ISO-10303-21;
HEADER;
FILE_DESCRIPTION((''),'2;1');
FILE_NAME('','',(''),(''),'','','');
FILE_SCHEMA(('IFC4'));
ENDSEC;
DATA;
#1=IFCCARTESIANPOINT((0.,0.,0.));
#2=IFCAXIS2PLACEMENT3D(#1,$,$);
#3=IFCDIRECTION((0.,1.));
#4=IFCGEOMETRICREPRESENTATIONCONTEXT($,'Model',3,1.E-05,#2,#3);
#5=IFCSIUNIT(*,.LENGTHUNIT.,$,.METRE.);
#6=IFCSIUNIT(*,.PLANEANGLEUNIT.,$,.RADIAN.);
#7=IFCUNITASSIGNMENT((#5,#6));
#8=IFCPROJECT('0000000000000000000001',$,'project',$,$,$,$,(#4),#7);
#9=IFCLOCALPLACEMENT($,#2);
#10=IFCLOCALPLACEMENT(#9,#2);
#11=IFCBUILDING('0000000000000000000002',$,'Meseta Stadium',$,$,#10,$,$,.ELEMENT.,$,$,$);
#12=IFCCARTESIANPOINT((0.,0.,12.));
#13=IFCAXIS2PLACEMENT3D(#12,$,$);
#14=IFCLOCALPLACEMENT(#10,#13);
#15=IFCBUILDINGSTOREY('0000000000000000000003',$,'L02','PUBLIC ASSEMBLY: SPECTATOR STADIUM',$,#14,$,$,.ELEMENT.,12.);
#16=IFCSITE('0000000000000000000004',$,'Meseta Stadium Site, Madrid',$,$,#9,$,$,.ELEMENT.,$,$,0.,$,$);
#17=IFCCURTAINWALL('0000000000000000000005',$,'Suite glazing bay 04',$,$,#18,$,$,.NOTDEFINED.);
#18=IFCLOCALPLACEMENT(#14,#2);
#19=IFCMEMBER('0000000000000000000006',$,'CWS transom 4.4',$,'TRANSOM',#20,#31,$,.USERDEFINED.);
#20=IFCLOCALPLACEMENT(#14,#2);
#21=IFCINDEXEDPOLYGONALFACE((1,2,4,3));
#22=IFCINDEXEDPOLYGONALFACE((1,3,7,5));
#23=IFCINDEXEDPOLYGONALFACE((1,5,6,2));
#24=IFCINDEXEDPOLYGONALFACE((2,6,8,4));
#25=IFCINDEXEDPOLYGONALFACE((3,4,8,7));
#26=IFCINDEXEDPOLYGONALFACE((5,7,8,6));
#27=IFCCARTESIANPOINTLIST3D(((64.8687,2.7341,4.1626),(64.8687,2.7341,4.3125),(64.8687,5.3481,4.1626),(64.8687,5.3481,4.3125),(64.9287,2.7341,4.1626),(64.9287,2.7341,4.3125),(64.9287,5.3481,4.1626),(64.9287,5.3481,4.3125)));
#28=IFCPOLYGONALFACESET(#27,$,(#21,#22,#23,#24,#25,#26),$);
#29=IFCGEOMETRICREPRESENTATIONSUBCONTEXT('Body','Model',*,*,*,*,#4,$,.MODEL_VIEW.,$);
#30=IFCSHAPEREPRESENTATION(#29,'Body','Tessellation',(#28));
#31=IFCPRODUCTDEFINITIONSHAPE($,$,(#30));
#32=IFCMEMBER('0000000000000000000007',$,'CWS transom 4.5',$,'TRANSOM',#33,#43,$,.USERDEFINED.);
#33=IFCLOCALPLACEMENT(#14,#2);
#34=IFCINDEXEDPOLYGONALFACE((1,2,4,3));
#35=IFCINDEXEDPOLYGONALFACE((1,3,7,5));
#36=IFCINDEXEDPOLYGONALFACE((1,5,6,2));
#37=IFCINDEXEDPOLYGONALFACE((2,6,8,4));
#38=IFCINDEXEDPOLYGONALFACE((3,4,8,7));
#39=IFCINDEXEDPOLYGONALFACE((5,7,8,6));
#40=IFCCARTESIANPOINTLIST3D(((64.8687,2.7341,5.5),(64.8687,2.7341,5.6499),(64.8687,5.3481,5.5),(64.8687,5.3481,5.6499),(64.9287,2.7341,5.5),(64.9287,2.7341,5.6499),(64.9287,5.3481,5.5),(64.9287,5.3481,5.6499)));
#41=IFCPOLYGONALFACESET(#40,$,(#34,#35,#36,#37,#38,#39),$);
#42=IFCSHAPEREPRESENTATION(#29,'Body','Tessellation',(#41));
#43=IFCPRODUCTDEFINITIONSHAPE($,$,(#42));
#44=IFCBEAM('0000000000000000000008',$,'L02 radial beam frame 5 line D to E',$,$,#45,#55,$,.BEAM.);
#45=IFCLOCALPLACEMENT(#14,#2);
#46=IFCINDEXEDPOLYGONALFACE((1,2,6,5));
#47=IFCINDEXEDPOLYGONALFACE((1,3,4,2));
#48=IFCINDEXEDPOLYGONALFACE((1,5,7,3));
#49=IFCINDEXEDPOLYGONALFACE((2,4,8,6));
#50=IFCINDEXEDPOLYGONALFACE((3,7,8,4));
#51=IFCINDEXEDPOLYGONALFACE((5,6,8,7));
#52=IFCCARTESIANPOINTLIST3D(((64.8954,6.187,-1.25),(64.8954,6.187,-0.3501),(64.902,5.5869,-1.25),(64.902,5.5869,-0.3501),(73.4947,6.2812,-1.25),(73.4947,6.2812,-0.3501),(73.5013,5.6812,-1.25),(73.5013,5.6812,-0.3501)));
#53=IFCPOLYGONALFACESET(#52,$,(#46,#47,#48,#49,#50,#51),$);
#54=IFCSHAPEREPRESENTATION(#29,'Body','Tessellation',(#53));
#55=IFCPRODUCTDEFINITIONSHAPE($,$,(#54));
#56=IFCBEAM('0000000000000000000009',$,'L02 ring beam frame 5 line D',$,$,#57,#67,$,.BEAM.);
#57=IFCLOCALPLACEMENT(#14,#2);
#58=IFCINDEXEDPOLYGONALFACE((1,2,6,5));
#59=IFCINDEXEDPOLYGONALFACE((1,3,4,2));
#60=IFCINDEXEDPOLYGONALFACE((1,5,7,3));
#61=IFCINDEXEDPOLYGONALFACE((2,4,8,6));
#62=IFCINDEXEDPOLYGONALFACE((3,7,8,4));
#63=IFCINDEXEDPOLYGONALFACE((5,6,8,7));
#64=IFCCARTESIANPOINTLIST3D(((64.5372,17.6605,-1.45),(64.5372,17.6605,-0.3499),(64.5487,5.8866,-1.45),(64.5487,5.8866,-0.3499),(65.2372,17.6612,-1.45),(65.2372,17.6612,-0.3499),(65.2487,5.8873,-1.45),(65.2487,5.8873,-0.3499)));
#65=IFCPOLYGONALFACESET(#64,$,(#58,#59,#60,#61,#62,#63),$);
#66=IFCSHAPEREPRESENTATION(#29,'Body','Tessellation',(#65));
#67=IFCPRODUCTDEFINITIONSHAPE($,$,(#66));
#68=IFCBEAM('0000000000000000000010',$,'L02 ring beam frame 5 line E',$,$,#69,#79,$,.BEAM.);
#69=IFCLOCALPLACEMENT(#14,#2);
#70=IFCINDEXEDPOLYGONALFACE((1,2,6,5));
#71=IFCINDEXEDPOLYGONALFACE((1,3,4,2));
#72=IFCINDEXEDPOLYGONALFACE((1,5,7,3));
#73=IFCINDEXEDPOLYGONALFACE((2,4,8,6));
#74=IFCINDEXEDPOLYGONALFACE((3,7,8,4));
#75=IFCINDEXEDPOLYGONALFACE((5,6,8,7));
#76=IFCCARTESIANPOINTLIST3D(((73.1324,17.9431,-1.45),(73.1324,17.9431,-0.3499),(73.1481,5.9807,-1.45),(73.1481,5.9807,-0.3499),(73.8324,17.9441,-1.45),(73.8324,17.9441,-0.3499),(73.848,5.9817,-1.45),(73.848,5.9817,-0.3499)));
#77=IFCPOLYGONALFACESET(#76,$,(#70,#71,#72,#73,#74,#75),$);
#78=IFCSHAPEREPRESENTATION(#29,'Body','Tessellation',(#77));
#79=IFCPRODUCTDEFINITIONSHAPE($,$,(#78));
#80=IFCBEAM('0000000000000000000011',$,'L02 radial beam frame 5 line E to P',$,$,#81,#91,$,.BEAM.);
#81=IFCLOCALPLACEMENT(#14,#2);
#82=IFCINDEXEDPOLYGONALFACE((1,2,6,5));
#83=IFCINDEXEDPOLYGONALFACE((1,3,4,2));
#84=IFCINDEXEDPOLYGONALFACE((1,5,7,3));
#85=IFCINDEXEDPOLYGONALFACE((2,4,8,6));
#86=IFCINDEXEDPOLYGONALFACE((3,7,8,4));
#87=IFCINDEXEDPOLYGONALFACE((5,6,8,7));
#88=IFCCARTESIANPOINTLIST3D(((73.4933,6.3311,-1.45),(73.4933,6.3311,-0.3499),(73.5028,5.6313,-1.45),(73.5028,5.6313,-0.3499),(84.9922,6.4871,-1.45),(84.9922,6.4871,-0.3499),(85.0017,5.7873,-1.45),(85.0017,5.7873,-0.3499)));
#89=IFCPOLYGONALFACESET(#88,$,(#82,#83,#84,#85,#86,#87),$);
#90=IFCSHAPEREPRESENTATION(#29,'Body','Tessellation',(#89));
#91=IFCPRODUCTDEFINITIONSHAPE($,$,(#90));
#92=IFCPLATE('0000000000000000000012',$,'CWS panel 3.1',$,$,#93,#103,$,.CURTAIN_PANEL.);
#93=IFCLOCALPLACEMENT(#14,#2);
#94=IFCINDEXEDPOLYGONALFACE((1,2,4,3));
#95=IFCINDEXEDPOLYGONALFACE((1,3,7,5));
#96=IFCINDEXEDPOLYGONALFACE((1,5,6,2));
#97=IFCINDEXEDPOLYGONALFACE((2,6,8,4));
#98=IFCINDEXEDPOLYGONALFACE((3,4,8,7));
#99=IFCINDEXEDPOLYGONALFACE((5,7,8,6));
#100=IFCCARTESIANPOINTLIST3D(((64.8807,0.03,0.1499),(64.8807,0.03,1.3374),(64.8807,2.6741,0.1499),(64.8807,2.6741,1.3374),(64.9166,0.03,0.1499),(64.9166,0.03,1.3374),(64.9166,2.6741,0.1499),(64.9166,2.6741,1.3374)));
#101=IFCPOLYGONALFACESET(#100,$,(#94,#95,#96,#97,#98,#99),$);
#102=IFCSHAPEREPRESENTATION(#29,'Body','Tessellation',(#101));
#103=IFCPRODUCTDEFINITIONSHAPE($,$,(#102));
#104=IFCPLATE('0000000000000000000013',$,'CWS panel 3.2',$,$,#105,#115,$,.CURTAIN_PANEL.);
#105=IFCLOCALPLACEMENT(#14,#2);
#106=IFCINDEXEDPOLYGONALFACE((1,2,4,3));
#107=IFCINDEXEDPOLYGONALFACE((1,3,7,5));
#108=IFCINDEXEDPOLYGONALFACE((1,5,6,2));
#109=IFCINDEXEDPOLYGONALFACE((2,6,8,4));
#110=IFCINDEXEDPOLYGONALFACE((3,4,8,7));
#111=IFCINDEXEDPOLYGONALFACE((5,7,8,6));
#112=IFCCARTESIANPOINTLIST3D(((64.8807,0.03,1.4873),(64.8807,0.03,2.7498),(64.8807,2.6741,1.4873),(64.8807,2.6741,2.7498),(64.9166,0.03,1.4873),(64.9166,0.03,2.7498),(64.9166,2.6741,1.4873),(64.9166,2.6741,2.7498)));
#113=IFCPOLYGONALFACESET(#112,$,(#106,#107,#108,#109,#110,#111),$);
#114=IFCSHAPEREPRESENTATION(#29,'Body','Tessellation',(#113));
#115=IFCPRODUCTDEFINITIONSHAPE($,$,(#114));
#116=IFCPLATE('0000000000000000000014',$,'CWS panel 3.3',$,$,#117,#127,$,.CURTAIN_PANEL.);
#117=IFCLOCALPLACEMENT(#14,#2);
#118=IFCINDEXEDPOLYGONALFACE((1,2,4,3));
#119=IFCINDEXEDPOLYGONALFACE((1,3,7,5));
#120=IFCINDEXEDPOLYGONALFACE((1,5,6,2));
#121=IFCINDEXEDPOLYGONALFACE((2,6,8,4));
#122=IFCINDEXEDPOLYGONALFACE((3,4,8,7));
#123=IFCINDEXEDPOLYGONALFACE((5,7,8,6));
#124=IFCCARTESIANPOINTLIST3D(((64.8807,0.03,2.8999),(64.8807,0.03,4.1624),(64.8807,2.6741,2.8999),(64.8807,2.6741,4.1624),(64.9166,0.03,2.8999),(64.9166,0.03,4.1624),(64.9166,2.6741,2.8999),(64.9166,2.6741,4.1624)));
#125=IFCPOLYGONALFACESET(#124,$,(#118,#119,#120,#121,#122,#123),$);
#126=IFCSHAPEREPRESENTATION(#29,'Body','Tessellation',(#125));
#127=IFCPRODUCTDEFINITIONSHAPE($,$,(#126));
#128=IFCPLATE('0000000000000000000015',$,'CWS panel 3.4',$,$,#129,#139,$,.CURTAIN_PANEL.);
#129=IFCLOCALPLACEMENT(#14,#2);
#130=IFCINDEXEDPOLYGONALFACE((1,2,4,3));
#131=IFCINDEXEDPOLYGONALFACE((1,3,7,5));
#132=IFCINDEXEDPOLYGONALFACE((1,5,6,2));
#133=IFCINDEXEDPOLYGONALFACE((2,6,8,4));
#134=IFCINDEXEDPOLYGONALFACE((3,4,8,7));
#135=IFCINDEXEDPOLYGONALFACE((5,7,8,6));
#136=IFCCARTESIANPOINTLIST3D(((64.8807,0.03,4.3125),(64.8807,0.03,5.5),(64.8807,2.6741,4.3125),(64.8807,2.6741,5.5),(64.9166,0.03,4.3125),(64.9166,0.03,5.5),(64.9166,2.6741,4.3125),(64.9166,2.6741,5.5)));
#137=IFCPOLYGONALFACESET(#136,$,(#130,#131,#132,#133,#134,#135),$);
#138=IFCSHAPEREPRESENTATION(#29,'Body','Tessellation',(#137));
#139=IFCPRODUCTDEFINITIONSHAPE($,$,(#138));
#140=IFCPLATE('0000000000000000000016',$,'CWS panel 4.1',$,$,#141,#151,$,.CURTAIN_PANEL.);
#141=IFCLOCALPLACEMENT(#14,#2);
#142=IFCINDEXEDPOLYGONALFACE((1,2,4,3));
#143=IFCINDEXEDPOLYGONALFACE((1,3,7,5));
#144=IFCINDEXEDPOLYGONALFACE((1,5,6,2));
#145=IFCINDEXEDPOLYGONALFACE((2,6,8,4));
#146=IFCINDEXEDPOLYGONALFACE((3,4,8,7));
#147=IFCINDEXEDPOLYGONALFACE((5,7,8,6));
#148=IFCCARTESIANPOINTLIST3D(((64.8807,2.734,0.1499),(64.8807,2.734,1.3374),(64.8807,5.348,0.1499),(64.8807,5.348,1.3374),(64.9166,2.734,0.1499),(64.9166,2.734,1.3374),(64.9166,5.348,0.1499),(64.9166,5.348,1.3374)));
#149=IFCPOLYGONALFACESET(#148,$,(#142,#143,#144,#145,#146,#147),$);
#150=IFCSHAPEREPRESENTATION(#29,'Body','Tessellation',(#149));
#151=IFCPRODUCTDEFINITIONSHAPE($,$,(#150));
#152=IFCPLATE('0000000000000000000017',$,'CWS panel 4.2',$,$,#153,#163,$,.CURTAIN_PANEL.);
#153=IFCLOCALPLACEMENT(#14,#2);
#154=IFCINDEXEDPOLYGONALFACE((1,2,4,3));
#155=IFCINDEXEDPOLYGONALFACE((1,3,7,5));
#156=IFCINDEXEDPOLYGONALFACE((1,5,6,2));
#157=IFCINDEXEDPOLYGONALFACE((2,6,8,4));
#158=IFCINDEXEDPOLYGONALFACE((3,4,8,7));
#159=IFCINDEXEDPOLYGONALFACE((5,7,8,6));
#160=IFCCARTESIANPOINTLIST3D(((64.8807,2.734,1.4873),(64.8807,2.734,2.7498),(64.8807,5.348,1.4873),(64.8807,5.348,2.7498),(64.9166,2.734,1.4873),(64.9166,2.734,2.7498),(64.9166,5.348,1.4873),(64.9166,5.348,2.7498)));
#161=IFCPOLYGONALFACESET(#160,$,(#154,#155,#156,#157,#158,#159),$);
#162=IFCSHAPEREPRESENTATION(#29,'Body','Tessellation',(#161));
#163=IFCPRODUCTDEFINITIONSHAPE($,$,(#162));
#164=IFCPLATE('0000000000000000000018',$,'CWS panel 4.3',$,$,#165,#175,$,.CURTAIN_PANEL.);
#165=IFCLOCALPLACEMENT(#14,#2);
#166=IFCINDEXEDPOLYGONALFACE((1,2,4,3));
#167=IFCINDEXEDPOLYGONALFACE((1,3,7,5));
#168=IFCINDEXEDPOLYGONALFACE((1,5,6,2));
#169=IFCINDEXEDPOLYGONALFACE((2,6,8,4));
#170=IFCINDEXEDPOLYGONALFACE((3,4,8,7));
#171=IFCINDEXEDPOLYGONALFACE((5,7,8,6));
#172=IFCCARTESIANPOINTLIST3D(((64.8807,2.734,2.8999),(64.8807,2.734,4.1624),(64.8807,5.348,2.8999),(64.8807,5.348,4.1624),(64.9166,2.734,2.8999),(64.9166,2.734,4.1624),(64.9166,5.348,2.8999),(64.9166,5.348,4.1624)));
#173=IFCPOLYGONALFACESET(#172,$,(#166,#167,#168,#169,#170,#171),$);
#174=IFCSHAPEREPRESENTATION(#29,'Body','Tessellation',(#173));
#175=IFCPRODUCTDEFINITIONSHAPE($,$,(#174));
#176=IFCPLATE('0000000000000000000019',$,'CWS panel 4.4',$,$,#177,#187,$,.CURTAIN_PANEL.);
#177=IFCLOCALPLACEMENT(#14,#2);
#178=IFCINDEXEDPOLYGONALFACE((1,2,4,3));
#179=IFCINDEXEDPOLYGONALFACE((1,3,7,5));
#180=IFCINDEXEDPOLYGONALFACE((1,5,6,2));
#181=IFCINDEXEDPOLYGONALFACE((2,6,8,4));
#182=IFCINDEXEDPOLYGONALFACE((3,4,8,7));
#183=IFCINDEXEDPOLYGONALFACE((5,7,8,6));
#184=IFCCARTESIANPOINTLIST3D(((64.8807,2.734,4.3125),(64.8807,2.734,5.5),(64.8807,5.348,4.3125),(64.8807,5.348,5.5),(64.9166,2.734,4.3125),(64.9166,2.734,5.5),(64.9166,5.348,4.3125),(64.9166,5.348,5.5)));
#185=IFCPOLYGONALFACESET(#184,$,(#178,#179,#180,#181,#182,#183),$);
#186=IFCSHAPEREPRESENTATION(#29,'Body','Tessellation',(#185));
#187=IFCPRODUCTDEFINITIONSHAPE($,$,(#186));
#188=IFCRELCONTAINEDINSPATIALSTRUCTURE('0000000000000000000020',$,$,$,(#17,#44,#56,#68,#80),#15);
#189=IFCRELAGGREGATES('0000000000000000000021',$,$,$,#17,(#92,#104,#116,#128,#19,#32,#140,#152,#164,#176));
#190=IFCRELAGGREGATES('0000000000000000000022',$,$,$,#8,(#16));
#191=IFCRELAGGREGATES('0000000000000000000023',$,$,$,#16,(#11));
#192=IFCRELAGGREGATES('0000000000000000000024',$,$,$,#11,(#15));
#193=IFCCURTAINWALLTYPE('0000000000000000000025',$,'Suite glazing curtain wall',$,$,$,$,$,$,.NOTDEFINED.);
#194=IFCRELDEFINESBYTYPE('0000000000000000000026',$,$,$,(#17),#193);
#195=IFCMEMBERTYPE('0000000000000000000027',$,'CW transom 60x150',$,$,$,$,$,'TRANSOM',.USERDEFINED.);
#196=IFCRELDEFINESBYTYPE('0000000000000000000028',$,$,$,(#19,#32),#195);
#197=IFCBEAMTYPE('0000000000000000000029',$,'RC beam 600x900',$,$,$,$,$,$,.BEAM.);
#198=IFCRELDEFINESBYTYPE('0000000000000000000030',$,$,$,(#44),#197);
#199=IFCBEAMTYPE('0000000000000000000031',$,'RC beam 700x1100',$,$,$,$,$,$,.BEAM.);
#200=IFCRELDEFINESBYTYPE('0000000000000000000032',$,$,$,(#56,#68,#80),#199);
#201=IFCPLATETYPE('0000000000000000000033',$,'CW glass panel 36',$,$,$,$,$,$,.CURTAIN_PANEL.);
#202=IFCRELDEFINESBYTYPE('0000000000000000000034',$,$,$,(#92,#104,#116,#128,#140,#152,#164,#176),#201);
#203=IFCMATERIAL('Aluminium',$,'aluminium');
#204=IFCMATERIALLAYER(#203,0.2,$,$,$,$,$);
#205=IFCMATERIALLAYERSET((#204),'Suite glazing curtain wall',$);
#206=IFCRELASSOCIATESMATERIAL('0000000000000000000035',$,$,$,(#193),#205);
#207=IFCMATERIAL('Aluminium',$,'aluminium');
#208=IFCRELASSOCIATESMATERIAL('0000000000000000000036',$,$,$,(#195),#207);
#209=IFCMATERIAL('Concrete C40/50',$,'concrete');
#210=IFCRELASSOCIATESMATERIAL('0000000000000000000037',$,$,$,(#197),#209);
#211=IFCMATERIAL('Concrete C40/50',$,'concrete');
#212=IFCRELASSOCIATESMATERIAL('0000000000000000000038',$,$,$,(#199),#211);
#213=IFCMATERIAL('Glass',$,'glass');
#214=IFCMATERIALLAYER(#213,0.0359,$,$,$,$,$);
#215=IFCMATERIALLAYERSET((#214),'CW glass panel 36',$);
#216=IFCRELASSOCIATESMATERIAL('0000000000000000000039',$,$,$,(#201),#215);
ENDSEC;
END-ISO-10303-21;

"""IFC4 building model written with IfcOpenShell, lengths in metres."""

from ifc_helpers import new_model, si_unit, direction, frame, origin, origin_2d, place, context, subcontext, project, spatial, rectangle, extrude, material, layer, layer_set, material_profile, profile_set, type_object, element, aggregate, save


model = new_model("IFC4")

# Units and contexts
model_context = context("Model", 3, precision=1e-05, world=origin(), true_north=direction((0.0, 1.0)))
body_context = subcontext(model_context, "Body", "Model", "MODEL_VIEW")
ifc_project = project(units=[si_unit("LENGTHUNIT", "METRE"), si_unit("PLANEANGLEUNIT", "RADIAN")], contexts=[model_context])

# Site, building, storey
site_placement = place(None, origin())
site = spatial("IfcSite", under=ifc_project, at=site_placement, Name="Meseta Stadium Site, Madrid", CompositionType="ELEMENT", RefElevation=0.0)
building_placement = place(site_placement, origin())
building = spatial("IfcBuilding", under=site, at=building_placement, Name="Meseta Stadium", CompositionType="ELEMENT")
storey_placement = place(building_placement, frame((0.0, 0.0, 12.0)))
storey = spatial("IfcBuildingStorey", under=building, at=storey_placement, Name="L02", Description="PUBLIC ASSEMBLY: SPECTATOR STADIUM", CompositionType="ELEMENT", Elevation=12.0)

# Curtain wall, members
ifc_material_1 = material(Name="Aluminium", Category="aluminium")
ifc_layer_1 = layer(ifc_material_1, 0.2)
ifc_layer_set_1 = layer_set([ifc_layer_1], Name="Suite glazing curtain wall")
curtain_wall_type = type_object("IfcCurtainWallType", Name="Suite glazing curtain wall", PredefinedType="NOTDEFINED", material=ifc_layer_set_1)
curtain_wall_placement = place(storey_placement, origin())
curtain_wall = element("IfcCurtainWall", 1, at=curtain_wall_placement, inside=storey, type_object=curtain_wall_type, Name="Suite glazing bay 04", PredefinedType="NOTDEFINED")
ifc_material_2 = material(Name="Aluminium", Category="aluminium")
ifc_material_profile_1 = material_profile(ifc_material_2, rectangle(XDim=0.0601, YDim=0.1499, at=origin_2d()), Name="CW 60x150")
ifc_profile_set_1 = profile_set([ifc_material_profile_1], Name="Aluminium")
member_type_1 = type_object("IfcMemberType", Name="CW transom 60x150", ElementType="TRANSOM", PredefinedType="USERDEFINED", material=ifc_profile_set_1)
member_1_placement = place(storey_placement, frame((64.8987, 2.7341, 4.2375), z_axis=(0.0, 1.0, 0.0), x_axis=(-1.0, 0.0, 0.0)))
member_1 = element("IfcMember", 2, at=member_1_placement, type_object=member_type_1, Name="CWS transom 4.4", ObjectType="TRANSOM", PredefinedType="USERDEFINED", context=body_context, shape_type="SweptSolid", body=[
    extrude(rectangle(XDim=0.0601, YDim=0.1499, at=origin_2d()), origin(), (0.0, 0.0, 1.0), 2.614),
])
member_2_placement = place(storey_placement, frame((64.8987, 2.7341, 5.575), z_axis=(0.0, 1.0, 0.0), x_axis=(-1.0, 0.0, 0.0)))
member_2 = element("IfcMember", 3, at=member_2_placement, type_object=member_type_1, Name="CWS transom 4.5", ObjectType="TRANSOM", PredefinedType="USERDEFINED", context=body_context, shape_type="SweptSolid", body=[
    extrude(rectangle(XDim=0.0601, YDim=0.1499, at=origin_2d()), origin(), (0.0, 0.0, 1.0), 2.614),
])

# Beams
ifc_material_3 = material(Name="Concrete C40/50", Category="concrete")
ifc_material_profile_2 = material_profile(ifc_material_3, rectangle(XDim=0.6001, YDim=0.8999, at=origin_2d()), Name="RC 600x900")
ifc_profile_set_2 = profile_set([ifc_material_profile_2], Name="Concrete C40/50")
beam_type_1 = type_object("IfcBeamType", Name="RC beam 600x900", PredefinedType="BEAM", material=ifc_profile_set_2)
beam_1_placement = place(storey_placement, frame((64.8987, 5.887, -0.8), z_axis=(0.99994, 0.010958, 0.0), x_axis=(-0.010958, 0.99994, 0.0)))
element("IfcBeam", 4, at=beam_1_placement, inside=storey, type_object=beam_type_1, Name="L02 radial beam frame 5 line D to E", PredefinedType="BEAM", context=body_context, shape_type="SweptSolid", body=[
    extrude(rectangle(XDim=0.6001, YDim=0.8999, at=origin_2d()), origin(), (0.0, 0.0, 1.0), 8.5999),
])
ifc_material_4 = material(Name="Concrete C40/50", Category="concrete")
ifc_material_profile_3 = material_profile(ifc_material_4, rectangle(XDim=0.7, YDim=1.1001, at=origin_2d()), Name="RC 700x1100")
ifc_profile_set_3 = profile_set([ifc_material_profile_3], Name="Concrete C40/50")
beam_type_2 = type_object("IfcBeamType", Name="RC beam 700x1100", PredefinedType="BEAM", material=ifc_profile_set_3)
beam_2_placement = place(storey_placement, frame((64.8987, 5.887, -0.8999), z_axis=(-0.000975, 1.0, 0.0), x_axis=(-1.0, -0.000975, 0.0)))
element("IfcBeam", 5, at=beam_2_placement, inside=storey, type_object=beam_type_2, Name="L02 ring beam frame 5 line D", PredefinedType="BEAM", context=body_context, shape_type="SweptSolid", body=[
    extrude(rectangle(XDim=0.7, YDim=1.1001, at=origin_2d()), origin(), (0.0, 0.0, 1.0), 11.7739),
])
beam_3_placement = place(storey_placement, frame((73.498, 5.9812, -0.8999), z_axis=(-0.001306, 0.999999, 0.0), x_axis=(-0.999999, -0.001306, 0.0)))
element("IfcBeam", 6, at=beam_3_placement, inside=storey, type_object=beam_type_2, Name="L02 ring beam frame 5 line E", PredefinedType="BEAM", context=body_context, shape_type="SweptSolid", body=[
    extrude(rectangle(XDim=0.7, YDim=1.1001, at=origin_2d()), origin(), (0.0, 0.0, 1.0), 11.9624),
])
beam_4_placement = place(storey_placement, frame((73.498, 5.9812, -0.8999), z_axis=(0.999908, 0.013566, 0.0), x_axis=(-0.013566, 0.999908, 0.0)))
element("IfcBeam", 7, at=beam_4_placement, inside=storey, type_object=beam_type_2, Name="L02 radial beam frame 5 line E to P", PredefinedType="BEAM", context=body_context, shape_type="SweptSolid", body=[
    extrude(rectangle(XDim=0.7, YDim=1.1001, at=origin_2d()), origin(), (0.0, 0.0, 1.0), 11.5),
])

# Plates
ifc_material_5 = material(Name="Glass", Category="glass")
ifc_layer_2 = layer(ifc_material_5, 0.0359)
ifc_layer_set_2 = layer_set([ifc_layer_2], Name="CW glass panel 36")
plate_type = type_object("IfcPlateType", Name="CW glass panel 36", PredefinedType="CURTAIN_PANEL", material=ifc_layer_set_2)
plate_1_placement = place(storey_placement, frame((64.8987, 1.3521, 0.1499), z_axis=(0.0, 0.0, 1.0), x_axis=(0.0, 1.0, 0.0)))
plate_1 = element("IfcPlate", 8, at=plate_1_placement, type_object=plate_type, Name="CWS panel 3.1", PredefinedType="CURTAIN_PANEL", context=body_context, shape_type="SweptSolid", body=[
    extrude(rectangle(XDim=2.644, YDim=0.0359, at=origin_2d()), origin(), (0.0, 0.0, 1.0), 1.1875),
])
plate_2_placement = place(storey_placement, frame((64.8987, 1.3521, 1.4873), z_axis=(0.0, 0.0, 1.0), x_axis=(0.0, 1.0, 0.0)))
plate_2 = element("IfcPlate", 9, at=plate_2_placement, type_object=plate_type, Name="CWS panel 3.2", PredefinedType="CURTAIN_PANEL", context=body_context, shape_type="SweptSolid", body=[
    extrude(rectangle(XDim=2.644, YDim=0.0359, at=origin_2d()), origin(), (0.0, 0.0, 1.0), 1.2625),
])
plate_3_placement = place(storey_placement, frame((64.8987, 1.3521, 2.8999), z_axis=(0.0, 0.0, 1.0), x_axis=(0.0, 1.0, 0.0)))
plate_3 = element("IfcPlate", 10, at=plate_3_placement, type_object=plate_type, Name="CWS panel 3.3", PredefinedType="CURTAIN_PANEL", context=body_context, shape_type="SweptSolid", body=[
    extrude(rectangle(XDim=2.644, YDim=0.0359, at=origin_2d()), origin(), (0.0, 0.0, 1.0), 1.2625),
])
plate_4_placement = place(storey_placement, frame((64.8987, 1.3521, 4.3125), z_axis=(0.0, 0.0, 1.0), x_axis=(0.0, 1.0, 0.0)))
plate_4 = element("IfcPlate", 11, at=plate_4_placement, type_object=plate_type, Name="CWS panel 3.4", PredefinedType="CURTAIN_PANEL", context=body_context, shape_type="SweptSolid", body=[
    extrude(rectangle(XDim=2.644, YDim=0.0359, at=origin_2d()), origin(), (0.0, 0.0, 1.0), 1.1875),
])
plate_5_placement = place(storey_placement, frame((64.8987, 4.041, 0.1499), z_axis=(0.0, 0.0, 1.0), x_axis=(0.0, 1.0, 0.0)))
plate_5 = element("IfcPlate", 12, at=plate_5_placement, type_object=plate_type, Name="CWS panel 4.1", PredefinedType="CURTAIN_PANEL", context=body_context, shape_type="SweptSolid", body=[
    extrude(rectangle(XDim=2.614, YDim=0.0359, at=origin_2d()), origin(), (0.0, 0.0, 1.0), 1.1875),
])
plate_6_placement = place(storey_placement, frame((64.8987, 4.041, 1.4873), z_axis=(0.0, 0.0, 1.0), x_axis=(0.0, 1.0, 0.0)))
plate_6 = element("IfcPlate", 13, at=plate_6_placement, type_object=plate_type, Name="CWS panel 4.2", PredefinedType="CURTAIN_PANEL", context=body_context, shape_type="SweptSolid", body=[
    extrude(rectangle(XDim=2.614, YDim=0.0359, at=origin_2d()), origin(), (0.0, 0.0, 1.0), 1.2625),
])
plate_7_placement = place(storey_placement, frame((64.8987, 4.041, 2.8999), z_axis=(0.0, 0.0, 1.0), x_axis=(0.0, 1.0, 0.0)))
plate_7 = element("IfcPlate", 14, at=plate_7_placement, type_object=plate_type, Name="CWS panel 4.3", PredefinedType="CURTAIN_PANEL", context=body_context, shape_type="SweptSolid", body=[
    extrude(rectangle(XDim=2.614, YDim=0.0359, at=origin_2d()), origin(), (0.0, 0.0, 1.0), 1.2625),
])
plate_8_placement = place(storey_placement, frame((64.8987, 4.041, 4.3125), z_axis=(0.0, 0.0, 1.0), x_axis=(0.0, 1.0, 0.0)))
plate_8 = element("IfcPlate", 15, at=plate_8_placement, type_object=plate_type, Name="CWS panel 4.4", PredefinedType="CURTAIN_PANEL", context=body_context, shape_type="SweptSolid", body=[
    extrude(rectangle(XDim=2.614, YDim=0.0359, at=origin_2d()), origin(), (0.0, 0.0, 1.0), 1.1875),
])
aggregate(curtain_wall, [plate_1, plate_2, plate_3, plate_4, member_1, member_2, plate_5, plate_6, plate_7, plate_8])

save(model, "model.ifc")
